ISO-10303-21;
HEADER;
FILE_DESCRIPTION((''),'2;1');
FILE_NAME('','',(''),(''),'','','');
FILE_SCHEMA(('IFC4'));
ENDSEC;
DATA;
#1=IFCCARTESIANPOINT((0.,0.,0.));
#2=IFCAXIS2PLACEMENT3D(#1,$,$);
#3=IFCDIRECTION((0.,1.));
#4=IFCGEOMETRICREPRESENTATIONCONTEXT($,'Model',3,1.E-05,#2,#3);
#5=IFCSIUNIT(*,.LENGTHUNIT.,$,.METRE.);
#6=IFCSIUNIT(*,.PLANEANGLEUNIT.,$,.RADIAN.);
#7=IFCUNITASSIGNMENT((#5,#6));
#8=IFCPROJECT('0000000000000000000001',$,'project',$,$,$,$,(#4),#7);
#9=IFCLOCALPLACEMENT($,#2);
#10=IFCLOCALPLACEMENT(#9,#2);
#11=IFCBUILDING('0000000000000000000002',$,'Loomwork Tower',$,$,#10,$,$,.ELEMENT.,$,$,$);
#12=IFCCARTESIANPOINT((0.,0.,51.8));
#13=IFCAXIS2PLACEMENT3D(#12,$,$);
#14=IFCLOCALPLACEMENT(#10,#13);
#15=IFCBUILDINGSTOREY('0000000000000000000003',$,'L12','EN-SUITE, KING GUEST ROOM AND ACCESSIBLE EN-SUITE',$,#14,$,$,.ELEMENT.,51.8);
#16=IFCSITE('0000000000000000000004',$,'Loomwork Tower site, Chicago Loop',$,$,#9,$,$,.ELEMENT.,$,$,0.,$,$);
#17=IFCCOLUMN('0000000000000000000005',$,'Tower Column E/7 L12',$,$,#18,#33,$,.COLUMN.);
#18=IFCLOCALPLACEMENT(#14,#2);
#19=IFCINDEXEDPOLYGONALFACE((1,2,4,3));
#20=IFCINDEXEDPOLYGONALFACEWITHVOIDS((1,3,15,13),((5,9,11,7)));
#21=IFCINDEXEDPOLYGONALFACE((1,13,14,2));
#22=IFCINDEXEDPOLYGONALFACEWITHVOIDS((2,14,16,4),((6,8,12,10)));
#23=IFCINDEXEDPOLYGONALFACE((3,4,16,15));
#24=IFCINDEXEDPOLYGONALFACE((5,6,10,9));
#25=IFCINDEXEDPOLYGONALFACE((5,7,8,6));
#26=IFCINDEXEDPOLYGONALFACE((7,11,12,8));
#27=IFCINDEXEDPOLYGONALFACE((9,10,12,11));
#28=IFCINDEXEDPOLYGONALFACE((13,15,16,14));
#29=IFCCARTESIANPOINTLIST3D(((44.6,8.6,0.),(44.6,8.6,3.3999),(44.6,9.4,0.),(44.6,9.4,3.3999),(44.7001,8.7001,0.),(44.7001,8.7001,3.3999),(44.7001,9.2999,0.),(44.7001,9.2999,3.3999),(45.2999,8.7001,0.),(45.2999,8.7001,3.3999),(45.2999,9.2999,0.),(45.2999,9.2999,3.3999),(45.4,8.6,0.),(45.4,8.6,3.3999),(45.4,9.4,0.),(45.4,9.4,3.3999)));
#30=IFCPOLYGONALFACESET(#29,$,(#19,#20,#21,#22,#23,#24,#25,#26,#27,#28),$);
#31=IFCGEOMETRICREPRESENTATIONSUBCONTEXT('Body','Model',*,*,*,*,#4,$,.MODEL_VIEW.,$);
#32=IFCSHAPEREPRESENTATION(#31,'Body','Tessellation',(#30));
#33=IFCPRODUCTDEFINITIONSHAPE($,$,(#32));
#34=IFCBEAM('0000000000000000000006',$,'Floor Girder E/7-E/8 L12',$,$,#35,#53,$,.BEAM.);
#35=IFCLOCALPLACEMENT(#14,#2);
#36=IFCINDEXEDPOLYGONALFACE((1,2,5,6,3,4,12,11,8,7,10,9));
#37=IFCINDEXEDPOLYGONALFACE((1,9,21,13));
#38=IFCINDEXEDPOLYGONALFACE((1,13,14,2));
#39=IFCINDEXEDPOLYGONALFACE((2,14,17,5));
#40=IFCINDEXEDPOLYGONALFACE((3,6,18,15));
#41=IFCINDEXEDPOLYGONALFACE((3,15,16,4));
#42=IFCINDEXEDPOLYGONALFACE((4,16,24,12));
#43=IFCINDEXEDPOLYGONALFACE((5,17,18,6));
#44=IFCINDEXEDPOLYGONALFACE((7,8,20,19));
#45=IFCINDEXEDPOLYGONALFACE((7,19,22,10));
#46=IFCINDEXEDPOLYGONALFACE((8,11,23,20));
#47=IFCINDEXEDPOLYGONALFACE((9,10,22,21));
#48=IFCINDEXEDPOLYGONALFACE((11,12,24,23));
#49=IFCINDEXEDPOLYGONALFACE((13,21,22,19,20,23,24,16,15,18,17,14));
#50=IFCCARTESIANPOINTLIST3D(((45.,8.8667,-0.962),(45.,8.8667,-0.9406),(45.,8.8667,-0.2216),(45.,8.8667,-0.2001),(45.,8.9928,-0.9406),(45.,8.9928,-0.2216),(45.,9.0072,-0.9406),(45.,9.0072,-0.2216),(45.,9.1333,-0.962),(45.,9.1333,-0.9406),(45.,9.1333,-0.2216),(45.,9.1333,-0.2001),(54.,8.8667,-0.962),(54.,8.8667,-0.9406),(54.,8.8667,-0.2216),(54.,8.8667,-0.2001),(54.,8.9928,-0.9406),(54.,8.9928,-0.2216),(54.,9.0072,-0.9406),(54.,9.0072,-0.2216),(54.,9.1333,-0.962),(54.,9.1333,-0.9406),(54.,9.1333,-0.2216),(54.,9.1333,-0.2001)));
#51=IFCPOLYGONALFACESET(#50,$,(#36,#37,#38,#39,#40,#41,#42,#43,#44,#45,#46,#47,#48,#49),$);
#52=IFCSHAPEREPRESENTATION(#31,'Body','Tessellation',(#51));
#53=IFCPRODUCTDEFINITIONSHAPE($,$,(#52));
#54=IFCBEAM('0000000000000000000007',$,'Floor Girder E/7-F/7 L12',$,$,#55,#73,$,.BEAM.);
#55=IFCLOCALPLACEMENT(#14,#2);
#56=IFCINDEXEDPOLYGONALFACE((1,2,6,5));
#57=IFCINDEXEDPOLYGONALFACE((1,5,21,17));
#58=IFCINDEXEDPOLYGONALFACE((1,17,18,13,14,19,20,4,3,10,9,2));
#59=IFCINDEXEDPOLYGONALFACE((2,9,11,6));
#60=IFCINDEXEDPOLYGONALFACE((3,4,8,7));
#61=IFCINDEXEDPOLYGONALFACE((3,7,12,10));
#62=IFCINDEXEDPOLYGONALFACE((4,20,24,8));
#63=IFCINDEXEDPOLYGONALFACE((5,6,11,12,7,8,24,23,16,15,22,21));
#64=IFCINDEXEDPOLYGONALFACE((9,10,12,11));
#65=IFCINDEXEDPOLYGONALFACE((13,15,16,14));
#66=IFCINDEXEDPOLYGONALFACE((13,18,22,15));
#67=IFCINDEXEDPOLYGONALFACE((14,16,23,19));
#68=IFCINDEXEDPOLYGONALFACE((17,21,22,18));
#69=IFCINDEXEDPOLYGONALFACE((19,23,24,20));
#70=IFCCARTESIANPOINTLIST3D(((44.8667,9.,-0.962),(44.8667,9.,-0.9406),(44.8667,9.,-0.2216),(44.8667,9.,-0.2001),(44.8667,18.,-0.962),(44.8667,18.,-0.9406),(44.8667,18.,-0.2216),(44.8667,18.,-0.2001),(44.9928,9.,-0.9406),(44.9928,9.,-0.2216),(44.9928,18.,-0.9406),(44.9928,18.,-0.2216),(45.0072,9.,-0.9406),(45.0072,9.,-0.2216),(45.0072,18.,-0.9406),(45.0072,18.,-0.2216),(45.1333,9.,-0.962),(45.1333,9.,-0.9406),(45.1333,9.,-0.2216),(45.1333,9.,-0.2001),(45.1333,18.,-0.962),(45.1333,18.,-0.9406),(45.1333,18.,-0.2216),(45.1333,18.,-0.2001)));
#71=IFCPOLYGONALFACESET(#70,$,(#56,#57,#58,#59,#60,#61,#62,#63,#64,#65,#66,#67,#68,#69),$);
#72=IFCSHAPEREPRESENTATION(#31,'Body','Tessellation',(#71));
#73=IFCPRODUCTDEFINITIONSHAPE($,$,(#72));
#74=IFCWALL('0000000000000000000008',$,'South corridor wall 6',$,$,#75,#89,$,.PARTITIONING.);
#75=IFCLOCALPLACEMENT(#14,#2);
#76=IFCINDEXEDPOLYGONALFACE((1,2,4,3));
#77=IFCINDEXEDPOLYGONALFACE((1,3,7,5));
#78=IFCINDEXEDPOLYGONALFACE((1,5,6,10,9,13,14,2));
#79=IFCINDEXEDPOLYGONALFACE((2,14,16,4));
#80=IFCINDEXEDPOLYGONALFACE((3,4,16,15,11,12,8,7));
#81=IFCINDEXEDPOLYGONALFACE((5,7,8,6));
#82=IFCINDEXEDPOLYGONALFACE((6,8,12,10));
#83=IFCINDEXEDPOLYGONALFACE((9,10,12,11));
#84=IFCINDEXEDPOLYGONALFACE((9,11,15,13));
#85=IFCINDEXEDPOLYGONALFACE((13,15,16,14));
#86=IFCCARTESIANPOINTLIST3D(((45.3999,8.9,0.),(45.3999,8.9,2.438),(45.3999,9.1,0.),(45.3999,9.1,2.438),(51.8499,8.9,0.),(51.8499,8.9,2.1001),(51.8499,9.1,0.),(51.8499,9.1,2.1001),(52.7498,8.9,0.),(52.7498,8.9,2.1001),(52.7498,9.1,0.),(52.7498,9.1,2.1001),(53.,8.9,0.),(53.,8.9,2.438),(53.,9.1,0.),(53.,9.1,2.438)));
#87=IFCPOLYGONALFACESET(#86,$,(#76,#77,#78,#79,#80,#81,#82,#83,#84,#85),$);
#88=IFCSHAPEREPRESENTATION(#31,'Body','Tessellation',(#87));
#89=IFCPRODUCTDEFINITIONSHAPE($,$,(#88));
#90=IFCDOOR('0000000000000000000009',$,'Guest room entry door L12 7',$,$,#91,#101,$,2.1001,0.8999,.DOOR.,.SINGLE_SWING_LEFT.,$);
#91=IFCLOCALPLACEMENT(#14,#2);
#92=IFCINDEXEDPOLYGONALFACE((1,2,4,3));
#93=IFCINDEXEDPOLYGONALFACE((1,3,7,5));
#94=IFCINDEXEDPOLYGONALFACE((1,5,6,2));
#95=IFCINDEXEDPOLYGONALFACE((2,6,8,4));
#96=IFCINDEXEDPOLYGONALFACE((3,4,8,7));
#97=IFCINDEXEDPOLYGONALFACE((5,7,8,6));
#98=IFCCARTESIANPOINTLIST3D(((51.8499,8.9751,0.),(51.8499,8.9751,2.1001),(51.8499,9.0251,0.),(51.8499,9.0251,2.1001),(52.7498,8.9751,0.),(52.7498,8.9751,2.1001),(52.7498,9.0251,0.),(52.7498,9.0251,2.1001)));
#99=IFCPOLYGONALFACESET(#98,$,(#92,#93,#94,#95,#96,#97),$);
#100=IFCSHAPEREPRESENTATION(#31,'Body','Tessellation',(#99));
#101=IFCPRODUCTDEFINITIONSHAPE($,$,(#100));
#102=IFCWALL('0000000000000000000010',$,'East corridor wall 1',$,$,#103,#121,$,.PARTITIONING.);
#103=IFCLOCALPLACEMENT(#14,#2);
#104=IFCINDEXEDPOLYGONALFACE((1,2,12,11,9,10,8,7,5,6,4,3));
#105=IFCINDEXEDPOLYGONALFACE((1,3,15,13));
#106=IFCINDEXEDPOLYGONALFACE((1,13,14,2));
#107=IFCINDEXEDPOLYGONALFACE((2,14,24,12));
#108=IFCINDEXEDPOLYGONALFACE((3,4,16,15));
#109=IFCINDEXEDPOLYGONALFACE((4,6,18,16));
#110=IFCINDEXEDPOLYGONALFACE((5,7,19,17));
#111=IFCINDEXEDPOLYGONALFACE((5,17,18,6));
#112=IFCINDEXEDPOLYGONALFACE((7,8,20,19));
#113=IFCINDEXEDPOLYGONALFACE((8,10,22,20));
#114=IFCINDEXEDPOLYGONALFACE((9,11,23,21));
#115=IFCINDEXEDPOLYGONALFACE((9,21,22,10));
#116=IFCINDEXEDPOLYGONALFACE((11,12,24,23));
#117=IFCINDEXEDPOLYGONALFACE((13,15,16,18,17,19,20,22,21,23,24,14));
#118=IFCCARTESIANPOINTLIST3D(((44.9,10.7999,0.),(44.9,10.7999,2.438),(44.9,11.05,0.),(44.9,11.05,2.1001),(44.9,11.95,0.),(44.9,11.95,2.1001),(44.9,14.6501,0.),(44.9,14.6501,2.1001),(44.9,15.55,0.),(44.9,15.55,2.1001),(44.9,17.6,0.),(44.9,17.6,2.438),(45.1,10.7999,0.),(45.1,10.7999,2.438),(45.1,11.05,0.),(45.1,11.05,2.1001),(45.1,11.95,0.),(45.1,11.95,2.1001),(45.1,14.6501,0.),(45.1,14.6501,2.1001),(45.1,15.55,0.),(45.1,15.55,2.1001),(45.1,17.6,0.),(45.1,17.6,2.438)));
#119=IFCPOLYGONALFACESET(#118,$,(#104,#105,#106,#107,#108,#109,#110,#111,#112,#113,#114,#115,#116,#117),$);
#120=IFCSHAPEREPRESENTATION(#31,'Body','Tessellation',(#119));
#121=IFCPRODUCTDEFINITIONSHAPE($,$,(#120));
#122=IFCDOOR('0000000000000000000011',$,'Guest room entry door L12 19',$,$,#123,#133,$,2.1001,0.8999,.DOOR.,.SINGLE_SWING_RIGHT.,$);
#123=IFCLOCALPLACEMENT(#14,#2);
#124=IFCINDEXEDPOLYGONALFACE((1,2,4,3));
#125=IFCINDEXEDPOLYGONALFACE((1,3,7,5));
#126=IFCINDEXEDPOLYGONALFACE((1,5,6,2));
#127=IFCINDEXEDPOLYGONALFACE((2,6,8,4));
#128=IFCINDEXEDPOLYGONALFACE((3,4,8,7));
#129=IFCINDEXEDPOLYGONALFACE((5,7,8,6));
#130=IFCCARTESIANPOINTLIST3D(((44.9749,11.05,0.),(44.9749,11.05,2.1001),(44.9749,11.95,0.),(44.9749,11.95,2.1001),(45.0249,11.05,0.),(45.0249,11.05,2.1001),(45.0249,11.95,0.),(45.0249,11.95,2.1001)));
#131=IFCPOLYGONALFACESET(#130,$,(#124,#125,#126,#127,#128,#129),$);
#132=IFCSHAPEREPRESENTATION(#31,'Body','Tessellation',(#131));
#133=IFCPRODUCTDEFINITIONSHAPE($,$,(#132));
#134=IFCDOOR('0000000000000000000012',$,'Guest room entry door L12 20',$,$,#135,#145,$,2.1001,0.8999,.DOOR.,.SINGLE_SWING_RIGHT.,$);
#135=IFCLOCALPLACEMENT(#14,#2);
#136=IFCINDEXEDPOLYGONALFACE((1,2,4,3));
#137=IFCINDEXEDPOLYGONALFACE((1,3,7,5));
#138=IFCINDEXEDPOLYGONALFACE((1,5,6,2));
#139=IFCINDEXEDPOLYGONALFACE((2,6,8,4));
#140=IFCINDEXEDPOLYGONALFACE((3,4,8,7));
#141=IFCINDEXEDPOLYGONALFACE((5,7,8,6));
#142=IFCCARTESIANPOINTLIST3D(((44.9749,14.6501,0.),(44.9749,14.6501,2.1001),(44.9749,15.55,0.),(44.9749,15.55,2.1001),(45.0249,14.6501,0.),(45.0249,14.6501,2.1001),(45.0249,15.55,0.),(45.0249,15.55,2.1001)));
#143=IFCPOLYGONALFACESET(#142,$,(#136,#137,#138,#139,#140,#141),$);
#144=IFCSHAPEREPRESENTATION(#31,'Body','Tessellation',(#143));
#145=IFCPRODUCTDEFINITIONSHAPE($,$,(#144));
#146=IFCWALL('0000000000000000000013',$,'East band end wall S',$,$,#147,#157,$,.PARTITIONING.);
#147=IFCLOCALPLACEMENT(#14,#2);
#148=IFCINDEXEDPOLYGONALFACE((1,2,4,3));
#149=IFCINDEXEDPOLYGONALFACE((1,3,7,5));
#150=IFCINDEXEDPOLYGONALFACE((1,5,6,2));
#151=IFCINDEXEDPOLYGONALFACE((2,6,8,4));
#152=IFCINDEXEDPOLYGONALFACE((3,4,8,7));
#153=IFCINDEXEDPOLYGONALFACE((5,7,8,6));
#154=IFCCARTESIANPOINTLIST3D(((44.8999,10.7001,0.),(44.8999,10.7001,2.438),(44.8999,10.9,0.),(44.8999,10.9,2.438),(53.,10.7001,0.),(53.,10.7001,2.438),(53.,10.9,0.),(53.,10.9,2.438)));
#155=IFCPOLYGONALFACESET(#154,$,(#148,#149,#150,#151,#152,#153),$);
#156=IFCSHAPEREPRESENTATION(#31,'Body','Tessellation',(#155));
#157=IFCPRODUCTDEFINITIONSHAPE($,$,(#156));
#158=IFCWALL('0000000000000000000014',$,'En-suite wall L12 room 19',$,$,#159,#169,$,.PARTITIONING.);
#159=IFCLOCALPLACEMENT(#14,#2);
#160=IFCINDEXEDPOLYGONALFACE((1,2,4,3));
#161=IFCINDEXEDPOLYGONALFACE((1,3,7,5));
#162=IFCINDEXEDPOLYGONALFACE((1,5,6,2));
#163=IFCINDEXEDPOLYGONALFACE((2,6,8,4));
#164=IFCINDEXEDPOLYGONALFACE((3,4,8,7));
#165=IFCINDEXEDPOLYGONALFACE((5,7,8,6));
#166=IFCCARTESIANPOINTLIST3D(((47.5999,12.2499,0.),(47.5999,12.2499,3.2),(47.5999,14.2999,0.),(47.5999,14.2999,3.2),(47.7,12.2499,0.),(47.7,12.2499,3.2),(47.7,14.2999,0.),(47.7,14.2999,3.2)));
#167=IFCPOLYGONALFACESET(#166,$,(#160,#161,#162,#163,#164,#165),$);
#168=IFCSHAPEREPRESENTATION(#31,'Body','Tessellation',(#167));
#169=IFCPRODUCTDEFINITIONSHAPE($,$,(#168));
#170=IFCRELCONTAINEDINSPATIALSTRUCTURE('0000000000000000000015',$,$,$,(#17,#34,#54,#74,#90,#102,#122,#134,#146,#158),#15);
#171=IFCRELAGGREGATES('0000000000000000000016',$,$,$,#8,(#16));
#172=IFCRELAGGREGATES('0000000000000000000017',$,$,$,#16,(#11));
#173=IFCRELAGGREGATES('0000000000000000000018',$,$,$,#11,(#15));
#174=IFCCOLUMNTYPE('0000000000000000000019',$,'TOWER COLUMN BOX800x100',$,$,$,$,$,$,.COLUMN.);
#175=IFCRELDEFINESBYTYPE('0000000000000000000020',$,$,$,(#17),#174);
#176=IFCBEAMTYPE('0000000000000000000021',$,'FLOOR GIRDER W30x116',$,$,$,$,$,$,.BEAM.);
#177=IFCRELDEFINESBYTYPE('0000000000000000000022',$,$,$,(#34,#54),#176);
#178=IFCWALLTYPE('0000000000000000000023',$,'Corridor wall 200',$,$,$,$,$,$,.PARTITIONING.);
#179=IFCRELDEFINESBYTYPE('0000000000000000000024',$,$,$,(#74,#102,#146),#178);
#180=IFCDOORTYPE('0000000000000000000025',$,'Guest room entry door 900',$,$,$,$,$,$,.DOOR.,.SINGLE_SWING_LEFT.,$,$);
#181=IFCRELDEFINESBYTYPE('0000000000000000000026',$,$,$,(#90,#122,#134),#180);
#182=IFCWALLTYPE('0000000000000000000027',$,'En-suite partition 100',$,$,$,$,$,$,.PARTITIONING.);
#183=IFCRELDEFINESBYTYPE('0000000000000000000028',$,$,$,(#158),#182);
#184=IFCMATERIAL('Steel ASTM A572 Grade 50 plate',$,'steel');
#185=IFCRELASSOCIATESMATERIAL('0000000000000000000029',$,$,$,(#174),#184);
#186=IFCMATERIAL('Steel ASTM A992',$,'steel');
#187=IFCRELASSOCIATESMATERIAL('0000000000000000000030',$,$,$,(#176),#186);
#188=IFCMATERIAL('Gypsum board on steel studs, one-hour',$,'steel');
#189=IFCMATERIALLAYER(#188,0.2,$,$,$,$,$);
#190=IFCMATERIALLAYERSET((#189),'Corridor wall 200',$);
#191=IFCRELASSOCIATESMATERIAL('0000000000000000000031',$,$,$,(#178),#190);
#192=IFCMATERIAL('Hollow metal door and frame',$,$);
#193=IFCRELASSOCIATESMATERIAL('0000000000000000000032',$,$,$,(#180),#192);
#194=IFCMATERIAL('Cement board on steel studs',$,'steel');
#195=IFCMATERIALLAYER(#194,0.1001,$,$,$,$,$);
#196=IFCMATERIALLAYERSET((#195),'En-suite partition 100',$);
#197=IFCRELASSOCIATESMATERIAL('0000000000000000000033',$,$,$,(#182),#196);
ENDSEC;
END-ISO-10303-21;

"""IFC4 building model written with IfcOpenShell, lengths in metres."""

from ifc_helpers import new_model, si_unit, direction, frame, frame_2d, origin, origin_2d, place, context, subcontext, project, spatial, rectangle, hollow_rectangle, i_section, extrude, material, layer, layer_set, material_profile, profile_set, type_object, element, fill, save


model = new_model("IFC4")

# Units and contexts
model_context = context("Model", 3, precision=1e-05, world=origin(), true_north=direction((0.0, 1.0)))
body_context = subcontext(model_context, "Body", "Model", "MODEL_VIEW")
ifc_project = project(units=[si_unit("LENGTHUNIT", "METRE"), si_unit("PLANEANGLEUNIT", "RADIAN")], contexts=[model_context])

# Site, building, storey
site_placement = place(None, origin())
site = spatial("IfcSite", under=ifc_project, at=site_placement, Name="Loomwork Tower site, Chicago Loop", CompositionType="ELEMENT", RefElevation=0.0)
building_placement = place(site_placement, origin())
building = spatial("IfcBuilding", under=site, at=building_placement, Name="Loomwork Tower", CompositionType="ELEMENT")
storey_placement = place(building_placement, frame((0.0, 0.0, 51.8)))
storey = spatial("IfcBuildingStorey", under=building, at=storey_placement, Name="L12", Description="EN-SUITE, KING GUEST ROOM AND ACCESSIBLE EN-SUITE", CompositionType="ELEMENT", Elevation=51.8)

# Column
ifc_material_1 = material(Name="Steel ASTM A572 Grade 50 plate", Category="steel")
ifc_material_profile_1 = material_profile(ifc_material_1, hollow_rectangle(XDim=0.8, YDim=0.8, WallThickness=0.1001, at=origin_2d()), Name="BOX800x100")
ifc_profile_set_1 = profile_set([ifc_material_profile_1], Name="Steel ASTM A572 Grade 50 plate")
column_type = type_object("IfcColumnType", Name="TOWER COLUMN BOX800x100", PredefinedType="COLUMN", material=ifc_profile_set_1)
column_placement = place(storey_placement, frame((45.0, 9.0, 0.0), z_axis=(0.0, 0.0, 1.0), x_axis=(0.0, 1.0, 0.0)))
element("IfcColumn", 1, at=column_placement, inside=storey, type_object=column_type, Name="Tower Column E/7 L12", PredefinedType="COLUMN", context=body_context, shape_type="SweptSolid", body=[
    extrude(hollow_rectangle(XDim=0.8, YDim=0.8, WallThickness=0.1001, at=origin_2d()), origin(), (0.0, 0.0, 1.0), 3.3999),
])

# Beams
ifc_material_2 = material(Name="Steel ASTM A992", Category="steel")
ifc_material_profile_2 = material_profile(ifc_material_2, i_section(OverallWidth=0.2666, OverallDepth=0.762, WebThickness=0.0144, FlangeThickness=0.0215, at=origin_2d()), Name="W30x116")
ifc_profile_set_2 = profile_set([ifc_material_profile_2], Name="Steel ASTM A992")
beam_type = type_object("IfcBeamType", Name="FLOOR GIRDER W30x116", PredefinedType="BEAM", material=ifc_profile_set_2)
for number, where, z_axis, x_axis, name in (
    (2, (45.0, 9.0, -0.5811), (1.0, 0.0, 0.0), (0.0, 1.0, 0.0), "Floor Girder E/7-E/8 L12"),
    (3, (45.0, 9.0, -0.5811), (0.0, 1.0, 0.0), (-1.0, 0.0, 0.0), "Floor Girder E/7-F/7 L12"),
):
    element("IfcBeam", number, at=place(storey_placement, frame(where, z_axis=z_axis, x_axis=x_axis)), inside=storey, type_object=beam_type, Name=name, PredefinedType="BEAM", context=body_context, shape_type="SweptSolid", body=[
        extrude(i_section(OverallWidth=0.2666, OverallDepth=0.762, WebThickness=0.0144, FlangeThickness=0.0215, at=origin_2d()), origin(), (0.0, 0.0, 1.0), 9.0),
    ])

# Wall, opening, door
ifc_material_3 = material(Name="Gypsum board on steel studs, one-hour", Category="steel")
ifc_layer_1 = layer(ifc_material_3, 0.2)
ifc_layer_set_1 = layer_set([ifc_layer_1], Name="Corridor wall 200")
wall_type_1 = type_object("IfcWallType", Name="Corridor wall 200", PredefinedType="PARTITIONING", material=ifc_layer_set_1)
wall_1_placement = place(storey_placement, frame((45.3999, 9.0, 0.0), z_axis=(0.0, 0.0, 1.0), x_axis=(1.0, 0.0, 0.0)))
wall_1 = element("IfcWall", 4, at=wall_1_placement, inside=storey, type_object=wall_type_1, Name="South corridor wall 6", PredefinedType="PARTITIONING", context=body_context, shape_type="SweptSolid", body=[
    extrude(rectangle(XDim=7.6001, YDim=0.2, at=frame_2d((3.8, 0.0))), origin(), (0.0, 0.0, 1.0), 2.438),
])
opening_1_placement = place(wall_1_placement, frame((6.45, 0.0, 0.0)))
opening_1 = element("IfcOpeningElement", 5, at=opening_1_placement, cuts=wall_1, PredefinedType="OPENING", context=body_context, shape_type="SweptSolid", body=[
    extrude(rectangle(XDim=0.8999, YDim=2.1001, at=frame_2d((0.45, 1.05))), frame((0.0, 0.1099, 0.0), z_axis=(0.0, -1.0, 0.0), x_axis=(1.0, 0.0, 0.0)), (0.0, 0.0, 1.0), 0.22),
])
ifc_material_4 = material(Name="Hollow metal door and frame")
door_type_1 = type_object("IfcDoorType", Name="Guest room entry door 900", OperationType="SINGLE_SWING_LEFT", PredefinedType="DOOR", material=ifc_material_4)
door_1_placement = place(opening_1_placement, frame((0.8999, 0.0, 0.0), z_axis=(0.0, 0.0, 1.0), x_axis=(-1.0, 0.0, 0.0)))
door_1 = element("IfcDoor", 6, at=door_1_placement, inside=storey, type_object=door_type_1, Name="Guest room entry door L12 7", OperationType="SINGLE_SWING_LEFT", OverallHeight=2.1001, OverallWidth=0.8999, PredefinedType="DOOR", context=body_context, shape_type="SweptSolid", body=[
    extrude(rectangle(XDim=0.8999, YDim=2.1001, at=frame_2d((0.45, 1.05))), frame((0.0, 0.0249, 0.0), z_axis=(0.0, -1.0, 0.0), x_axis=(1.0, 0.0, 0.0)), (0.0, 0.0, 1.0), 0.05),
])
fill(opening_1, door_1)

# Wall, openings, doors
wall_2_placement = place(storey_placement, frame((45.0, 10.8, 0.0), z_axis=(0.0, 0.0, 1.0), x_axis=(0.0, 1.0, 0.0)))
wall_2 = element("IfcWall", 7, at=wall_2_placement, inside=storey, type_object=wall_type_1, Name="East corridor wall 1", PredefinedType="PARTITIONING", context=body_context, shape_type="SweptSolid", body=[
    extrude(rectangle(XDim=6.8, YDim=0.2, at=frame_2d((3.3999, 0.0))), origin(), (0.0, 0.0, 1.0), 2.438),
])
opening_2_placement = place(wall_2_placement, frame((0.25, 0.0, 0.0)))
opening_2 = element("IfcOpeningElement", 8, at=opening_2_placement, cuts=wall_2, PredefinedType="OPENING", context=body_context, shape_type="SweptSolid", body=[
    extrude(rectangle(XDim=0.8999, YDim=2.1001, at=frame_2d((0.45, 1.05))), frame((0.0, 0.1099, 0.0), z_axis=(0.0, -1.0, 0.0), x_axis=(1.0, 0.0, 0.0)), (0.0, 0.0, 1.0), 0.22),
])
opening_3_placement = place(wall_2_placement, frame((3.8501, 0.0, 0.0)))
opening_3 = element("IfcOpeningElement", 9, at=opening_3_placement, cuts=wall_2, PredefinedType="OPENING", context=body_context, shape_type="SweptSolid", body=[
    extrude(rectangle(XDim=0.8999, YDim=2.1001, at=frame_2d((0.45, 1.05))), frame((0.0, 0.1099, 0.0), z_axis=(0.0, -1.0, 0.0), x_axis=(1.0, 0.0, 0.0)), (0.0, 0.0, 1.0), 0.22),
])
door_2_placement = place(opening_2_placement, frame((0.8999, 0.0, 0.0), z_axis=(0.0, 0.0, 1.0), x_axis=(-1.0, 0.0, 0.0)))
door_2 = element("IfcDoor", 10, at=door_2_placement, inside=storey, type_object=door_type_1, Name="Guest room entry door L12 19", OperationType="SINGLE_SWING_RIGHT", OverallHeight=2.1001, OverallWidth=0.8999, PredefinedType="DOOR", context=body_context, shape_type="SweptSolid", body=[
    extrude(rectangle(XDim=0.8999, YDim=2.1001, at=frame_2d((0.45, 1.05))), frame((0.0, 0.0249, 0.0), z_axis=(0.0, -1.0, 0.0), x_axis=(1.0, 0.0, 0.0)), (0.0, 0.0, 1.0), 0.05),
])
fill(opening_2, door_2)
door_3_placement = place(opening_3_placement, frame((0.8999, 0.0, 0.0), z_axis=(0.0, 0.0, 1.0), x_axis=(-1.0, 0.0, 0.0)))
door_3 = element("IfcDoor", 11, at=door_3_placement, inside=storey, type_object=door_type_1, Name="Guest room entry door L12 20", OperationType="SINGLE_SWING_RIGHT", OverallHeight=2.1001, OverallWidth=0.8999, PredefinedType="DOOR", context=body_context, shape_type="SweptSolid", body=[
    extrude(rectangle(XDim=0.8999, YDim=2.1001, at=frame_2d((0.45, 1.05))), frame((0.0, 0.0249, 0.0), z_axis=(0.0, -1.0, 0.0), x_axis=(1.0, 0.0, 0.0)), (0.0, 0.0, 1.0), 0.05),
])
fill(opening_3, door_3)

# Walls
wall_3_placement = place(storey_placement, frame((44.8999, 10.8, 0.0), z_axis=(0.0, 0.0, 1.0), x_axis=(1.0, 0.0, 0.0)))
element("IfcWall", 12, at=wall_3_placement, inside=storey, type_object=wall_type_1, Name="East band end wall S", PredefinedType="PARTITIONING", context=body_context, shape_type="SweptSolid", body=[
    extrude(rectangle(XDim=8.1001, YDim=0.2, at=frame_2d((4.05, 0.0))), origin(), (0.0, 0.0, 1.0), 2.438),
])
ifc_material_5 = material(Name="Cement board on steel studs", Category="steel")
ifc_layer_2 = layer(ifc_material_5, 0.1001)
ifc_layer_set_2 = layer_set([ifc_layer_2], Name="En-suite partition 100")
wall_type_2 = type_object("IfcWallType", Name="En-suite partition 100", PredefinedType="PARTITIONING", material=ifc_layer_set_2)
wall_4_placement = place(storey_placement, frame((47.6499, 12.25, 0.0), z_axis=(0.0, 0.0, 1.0), x_axis=(0.0, 1.0, 0.0)))
element("IfcWall", 13, at=wall_4_placement, inside=storey, type_object=wall_type_2, Name="En-suite wall L12 room 19", PredefinedType="PARTITIONING", context=body_context, shape_type="SweptSolid", body=[
    extrude(rectangle(XDim=2.05, YDim=0.1001, at=frame_2d((1.0249, 0.0))), origin(), (0.0, 0.0, 1.0), 3.2),
])

save(model, "model.ifc")
